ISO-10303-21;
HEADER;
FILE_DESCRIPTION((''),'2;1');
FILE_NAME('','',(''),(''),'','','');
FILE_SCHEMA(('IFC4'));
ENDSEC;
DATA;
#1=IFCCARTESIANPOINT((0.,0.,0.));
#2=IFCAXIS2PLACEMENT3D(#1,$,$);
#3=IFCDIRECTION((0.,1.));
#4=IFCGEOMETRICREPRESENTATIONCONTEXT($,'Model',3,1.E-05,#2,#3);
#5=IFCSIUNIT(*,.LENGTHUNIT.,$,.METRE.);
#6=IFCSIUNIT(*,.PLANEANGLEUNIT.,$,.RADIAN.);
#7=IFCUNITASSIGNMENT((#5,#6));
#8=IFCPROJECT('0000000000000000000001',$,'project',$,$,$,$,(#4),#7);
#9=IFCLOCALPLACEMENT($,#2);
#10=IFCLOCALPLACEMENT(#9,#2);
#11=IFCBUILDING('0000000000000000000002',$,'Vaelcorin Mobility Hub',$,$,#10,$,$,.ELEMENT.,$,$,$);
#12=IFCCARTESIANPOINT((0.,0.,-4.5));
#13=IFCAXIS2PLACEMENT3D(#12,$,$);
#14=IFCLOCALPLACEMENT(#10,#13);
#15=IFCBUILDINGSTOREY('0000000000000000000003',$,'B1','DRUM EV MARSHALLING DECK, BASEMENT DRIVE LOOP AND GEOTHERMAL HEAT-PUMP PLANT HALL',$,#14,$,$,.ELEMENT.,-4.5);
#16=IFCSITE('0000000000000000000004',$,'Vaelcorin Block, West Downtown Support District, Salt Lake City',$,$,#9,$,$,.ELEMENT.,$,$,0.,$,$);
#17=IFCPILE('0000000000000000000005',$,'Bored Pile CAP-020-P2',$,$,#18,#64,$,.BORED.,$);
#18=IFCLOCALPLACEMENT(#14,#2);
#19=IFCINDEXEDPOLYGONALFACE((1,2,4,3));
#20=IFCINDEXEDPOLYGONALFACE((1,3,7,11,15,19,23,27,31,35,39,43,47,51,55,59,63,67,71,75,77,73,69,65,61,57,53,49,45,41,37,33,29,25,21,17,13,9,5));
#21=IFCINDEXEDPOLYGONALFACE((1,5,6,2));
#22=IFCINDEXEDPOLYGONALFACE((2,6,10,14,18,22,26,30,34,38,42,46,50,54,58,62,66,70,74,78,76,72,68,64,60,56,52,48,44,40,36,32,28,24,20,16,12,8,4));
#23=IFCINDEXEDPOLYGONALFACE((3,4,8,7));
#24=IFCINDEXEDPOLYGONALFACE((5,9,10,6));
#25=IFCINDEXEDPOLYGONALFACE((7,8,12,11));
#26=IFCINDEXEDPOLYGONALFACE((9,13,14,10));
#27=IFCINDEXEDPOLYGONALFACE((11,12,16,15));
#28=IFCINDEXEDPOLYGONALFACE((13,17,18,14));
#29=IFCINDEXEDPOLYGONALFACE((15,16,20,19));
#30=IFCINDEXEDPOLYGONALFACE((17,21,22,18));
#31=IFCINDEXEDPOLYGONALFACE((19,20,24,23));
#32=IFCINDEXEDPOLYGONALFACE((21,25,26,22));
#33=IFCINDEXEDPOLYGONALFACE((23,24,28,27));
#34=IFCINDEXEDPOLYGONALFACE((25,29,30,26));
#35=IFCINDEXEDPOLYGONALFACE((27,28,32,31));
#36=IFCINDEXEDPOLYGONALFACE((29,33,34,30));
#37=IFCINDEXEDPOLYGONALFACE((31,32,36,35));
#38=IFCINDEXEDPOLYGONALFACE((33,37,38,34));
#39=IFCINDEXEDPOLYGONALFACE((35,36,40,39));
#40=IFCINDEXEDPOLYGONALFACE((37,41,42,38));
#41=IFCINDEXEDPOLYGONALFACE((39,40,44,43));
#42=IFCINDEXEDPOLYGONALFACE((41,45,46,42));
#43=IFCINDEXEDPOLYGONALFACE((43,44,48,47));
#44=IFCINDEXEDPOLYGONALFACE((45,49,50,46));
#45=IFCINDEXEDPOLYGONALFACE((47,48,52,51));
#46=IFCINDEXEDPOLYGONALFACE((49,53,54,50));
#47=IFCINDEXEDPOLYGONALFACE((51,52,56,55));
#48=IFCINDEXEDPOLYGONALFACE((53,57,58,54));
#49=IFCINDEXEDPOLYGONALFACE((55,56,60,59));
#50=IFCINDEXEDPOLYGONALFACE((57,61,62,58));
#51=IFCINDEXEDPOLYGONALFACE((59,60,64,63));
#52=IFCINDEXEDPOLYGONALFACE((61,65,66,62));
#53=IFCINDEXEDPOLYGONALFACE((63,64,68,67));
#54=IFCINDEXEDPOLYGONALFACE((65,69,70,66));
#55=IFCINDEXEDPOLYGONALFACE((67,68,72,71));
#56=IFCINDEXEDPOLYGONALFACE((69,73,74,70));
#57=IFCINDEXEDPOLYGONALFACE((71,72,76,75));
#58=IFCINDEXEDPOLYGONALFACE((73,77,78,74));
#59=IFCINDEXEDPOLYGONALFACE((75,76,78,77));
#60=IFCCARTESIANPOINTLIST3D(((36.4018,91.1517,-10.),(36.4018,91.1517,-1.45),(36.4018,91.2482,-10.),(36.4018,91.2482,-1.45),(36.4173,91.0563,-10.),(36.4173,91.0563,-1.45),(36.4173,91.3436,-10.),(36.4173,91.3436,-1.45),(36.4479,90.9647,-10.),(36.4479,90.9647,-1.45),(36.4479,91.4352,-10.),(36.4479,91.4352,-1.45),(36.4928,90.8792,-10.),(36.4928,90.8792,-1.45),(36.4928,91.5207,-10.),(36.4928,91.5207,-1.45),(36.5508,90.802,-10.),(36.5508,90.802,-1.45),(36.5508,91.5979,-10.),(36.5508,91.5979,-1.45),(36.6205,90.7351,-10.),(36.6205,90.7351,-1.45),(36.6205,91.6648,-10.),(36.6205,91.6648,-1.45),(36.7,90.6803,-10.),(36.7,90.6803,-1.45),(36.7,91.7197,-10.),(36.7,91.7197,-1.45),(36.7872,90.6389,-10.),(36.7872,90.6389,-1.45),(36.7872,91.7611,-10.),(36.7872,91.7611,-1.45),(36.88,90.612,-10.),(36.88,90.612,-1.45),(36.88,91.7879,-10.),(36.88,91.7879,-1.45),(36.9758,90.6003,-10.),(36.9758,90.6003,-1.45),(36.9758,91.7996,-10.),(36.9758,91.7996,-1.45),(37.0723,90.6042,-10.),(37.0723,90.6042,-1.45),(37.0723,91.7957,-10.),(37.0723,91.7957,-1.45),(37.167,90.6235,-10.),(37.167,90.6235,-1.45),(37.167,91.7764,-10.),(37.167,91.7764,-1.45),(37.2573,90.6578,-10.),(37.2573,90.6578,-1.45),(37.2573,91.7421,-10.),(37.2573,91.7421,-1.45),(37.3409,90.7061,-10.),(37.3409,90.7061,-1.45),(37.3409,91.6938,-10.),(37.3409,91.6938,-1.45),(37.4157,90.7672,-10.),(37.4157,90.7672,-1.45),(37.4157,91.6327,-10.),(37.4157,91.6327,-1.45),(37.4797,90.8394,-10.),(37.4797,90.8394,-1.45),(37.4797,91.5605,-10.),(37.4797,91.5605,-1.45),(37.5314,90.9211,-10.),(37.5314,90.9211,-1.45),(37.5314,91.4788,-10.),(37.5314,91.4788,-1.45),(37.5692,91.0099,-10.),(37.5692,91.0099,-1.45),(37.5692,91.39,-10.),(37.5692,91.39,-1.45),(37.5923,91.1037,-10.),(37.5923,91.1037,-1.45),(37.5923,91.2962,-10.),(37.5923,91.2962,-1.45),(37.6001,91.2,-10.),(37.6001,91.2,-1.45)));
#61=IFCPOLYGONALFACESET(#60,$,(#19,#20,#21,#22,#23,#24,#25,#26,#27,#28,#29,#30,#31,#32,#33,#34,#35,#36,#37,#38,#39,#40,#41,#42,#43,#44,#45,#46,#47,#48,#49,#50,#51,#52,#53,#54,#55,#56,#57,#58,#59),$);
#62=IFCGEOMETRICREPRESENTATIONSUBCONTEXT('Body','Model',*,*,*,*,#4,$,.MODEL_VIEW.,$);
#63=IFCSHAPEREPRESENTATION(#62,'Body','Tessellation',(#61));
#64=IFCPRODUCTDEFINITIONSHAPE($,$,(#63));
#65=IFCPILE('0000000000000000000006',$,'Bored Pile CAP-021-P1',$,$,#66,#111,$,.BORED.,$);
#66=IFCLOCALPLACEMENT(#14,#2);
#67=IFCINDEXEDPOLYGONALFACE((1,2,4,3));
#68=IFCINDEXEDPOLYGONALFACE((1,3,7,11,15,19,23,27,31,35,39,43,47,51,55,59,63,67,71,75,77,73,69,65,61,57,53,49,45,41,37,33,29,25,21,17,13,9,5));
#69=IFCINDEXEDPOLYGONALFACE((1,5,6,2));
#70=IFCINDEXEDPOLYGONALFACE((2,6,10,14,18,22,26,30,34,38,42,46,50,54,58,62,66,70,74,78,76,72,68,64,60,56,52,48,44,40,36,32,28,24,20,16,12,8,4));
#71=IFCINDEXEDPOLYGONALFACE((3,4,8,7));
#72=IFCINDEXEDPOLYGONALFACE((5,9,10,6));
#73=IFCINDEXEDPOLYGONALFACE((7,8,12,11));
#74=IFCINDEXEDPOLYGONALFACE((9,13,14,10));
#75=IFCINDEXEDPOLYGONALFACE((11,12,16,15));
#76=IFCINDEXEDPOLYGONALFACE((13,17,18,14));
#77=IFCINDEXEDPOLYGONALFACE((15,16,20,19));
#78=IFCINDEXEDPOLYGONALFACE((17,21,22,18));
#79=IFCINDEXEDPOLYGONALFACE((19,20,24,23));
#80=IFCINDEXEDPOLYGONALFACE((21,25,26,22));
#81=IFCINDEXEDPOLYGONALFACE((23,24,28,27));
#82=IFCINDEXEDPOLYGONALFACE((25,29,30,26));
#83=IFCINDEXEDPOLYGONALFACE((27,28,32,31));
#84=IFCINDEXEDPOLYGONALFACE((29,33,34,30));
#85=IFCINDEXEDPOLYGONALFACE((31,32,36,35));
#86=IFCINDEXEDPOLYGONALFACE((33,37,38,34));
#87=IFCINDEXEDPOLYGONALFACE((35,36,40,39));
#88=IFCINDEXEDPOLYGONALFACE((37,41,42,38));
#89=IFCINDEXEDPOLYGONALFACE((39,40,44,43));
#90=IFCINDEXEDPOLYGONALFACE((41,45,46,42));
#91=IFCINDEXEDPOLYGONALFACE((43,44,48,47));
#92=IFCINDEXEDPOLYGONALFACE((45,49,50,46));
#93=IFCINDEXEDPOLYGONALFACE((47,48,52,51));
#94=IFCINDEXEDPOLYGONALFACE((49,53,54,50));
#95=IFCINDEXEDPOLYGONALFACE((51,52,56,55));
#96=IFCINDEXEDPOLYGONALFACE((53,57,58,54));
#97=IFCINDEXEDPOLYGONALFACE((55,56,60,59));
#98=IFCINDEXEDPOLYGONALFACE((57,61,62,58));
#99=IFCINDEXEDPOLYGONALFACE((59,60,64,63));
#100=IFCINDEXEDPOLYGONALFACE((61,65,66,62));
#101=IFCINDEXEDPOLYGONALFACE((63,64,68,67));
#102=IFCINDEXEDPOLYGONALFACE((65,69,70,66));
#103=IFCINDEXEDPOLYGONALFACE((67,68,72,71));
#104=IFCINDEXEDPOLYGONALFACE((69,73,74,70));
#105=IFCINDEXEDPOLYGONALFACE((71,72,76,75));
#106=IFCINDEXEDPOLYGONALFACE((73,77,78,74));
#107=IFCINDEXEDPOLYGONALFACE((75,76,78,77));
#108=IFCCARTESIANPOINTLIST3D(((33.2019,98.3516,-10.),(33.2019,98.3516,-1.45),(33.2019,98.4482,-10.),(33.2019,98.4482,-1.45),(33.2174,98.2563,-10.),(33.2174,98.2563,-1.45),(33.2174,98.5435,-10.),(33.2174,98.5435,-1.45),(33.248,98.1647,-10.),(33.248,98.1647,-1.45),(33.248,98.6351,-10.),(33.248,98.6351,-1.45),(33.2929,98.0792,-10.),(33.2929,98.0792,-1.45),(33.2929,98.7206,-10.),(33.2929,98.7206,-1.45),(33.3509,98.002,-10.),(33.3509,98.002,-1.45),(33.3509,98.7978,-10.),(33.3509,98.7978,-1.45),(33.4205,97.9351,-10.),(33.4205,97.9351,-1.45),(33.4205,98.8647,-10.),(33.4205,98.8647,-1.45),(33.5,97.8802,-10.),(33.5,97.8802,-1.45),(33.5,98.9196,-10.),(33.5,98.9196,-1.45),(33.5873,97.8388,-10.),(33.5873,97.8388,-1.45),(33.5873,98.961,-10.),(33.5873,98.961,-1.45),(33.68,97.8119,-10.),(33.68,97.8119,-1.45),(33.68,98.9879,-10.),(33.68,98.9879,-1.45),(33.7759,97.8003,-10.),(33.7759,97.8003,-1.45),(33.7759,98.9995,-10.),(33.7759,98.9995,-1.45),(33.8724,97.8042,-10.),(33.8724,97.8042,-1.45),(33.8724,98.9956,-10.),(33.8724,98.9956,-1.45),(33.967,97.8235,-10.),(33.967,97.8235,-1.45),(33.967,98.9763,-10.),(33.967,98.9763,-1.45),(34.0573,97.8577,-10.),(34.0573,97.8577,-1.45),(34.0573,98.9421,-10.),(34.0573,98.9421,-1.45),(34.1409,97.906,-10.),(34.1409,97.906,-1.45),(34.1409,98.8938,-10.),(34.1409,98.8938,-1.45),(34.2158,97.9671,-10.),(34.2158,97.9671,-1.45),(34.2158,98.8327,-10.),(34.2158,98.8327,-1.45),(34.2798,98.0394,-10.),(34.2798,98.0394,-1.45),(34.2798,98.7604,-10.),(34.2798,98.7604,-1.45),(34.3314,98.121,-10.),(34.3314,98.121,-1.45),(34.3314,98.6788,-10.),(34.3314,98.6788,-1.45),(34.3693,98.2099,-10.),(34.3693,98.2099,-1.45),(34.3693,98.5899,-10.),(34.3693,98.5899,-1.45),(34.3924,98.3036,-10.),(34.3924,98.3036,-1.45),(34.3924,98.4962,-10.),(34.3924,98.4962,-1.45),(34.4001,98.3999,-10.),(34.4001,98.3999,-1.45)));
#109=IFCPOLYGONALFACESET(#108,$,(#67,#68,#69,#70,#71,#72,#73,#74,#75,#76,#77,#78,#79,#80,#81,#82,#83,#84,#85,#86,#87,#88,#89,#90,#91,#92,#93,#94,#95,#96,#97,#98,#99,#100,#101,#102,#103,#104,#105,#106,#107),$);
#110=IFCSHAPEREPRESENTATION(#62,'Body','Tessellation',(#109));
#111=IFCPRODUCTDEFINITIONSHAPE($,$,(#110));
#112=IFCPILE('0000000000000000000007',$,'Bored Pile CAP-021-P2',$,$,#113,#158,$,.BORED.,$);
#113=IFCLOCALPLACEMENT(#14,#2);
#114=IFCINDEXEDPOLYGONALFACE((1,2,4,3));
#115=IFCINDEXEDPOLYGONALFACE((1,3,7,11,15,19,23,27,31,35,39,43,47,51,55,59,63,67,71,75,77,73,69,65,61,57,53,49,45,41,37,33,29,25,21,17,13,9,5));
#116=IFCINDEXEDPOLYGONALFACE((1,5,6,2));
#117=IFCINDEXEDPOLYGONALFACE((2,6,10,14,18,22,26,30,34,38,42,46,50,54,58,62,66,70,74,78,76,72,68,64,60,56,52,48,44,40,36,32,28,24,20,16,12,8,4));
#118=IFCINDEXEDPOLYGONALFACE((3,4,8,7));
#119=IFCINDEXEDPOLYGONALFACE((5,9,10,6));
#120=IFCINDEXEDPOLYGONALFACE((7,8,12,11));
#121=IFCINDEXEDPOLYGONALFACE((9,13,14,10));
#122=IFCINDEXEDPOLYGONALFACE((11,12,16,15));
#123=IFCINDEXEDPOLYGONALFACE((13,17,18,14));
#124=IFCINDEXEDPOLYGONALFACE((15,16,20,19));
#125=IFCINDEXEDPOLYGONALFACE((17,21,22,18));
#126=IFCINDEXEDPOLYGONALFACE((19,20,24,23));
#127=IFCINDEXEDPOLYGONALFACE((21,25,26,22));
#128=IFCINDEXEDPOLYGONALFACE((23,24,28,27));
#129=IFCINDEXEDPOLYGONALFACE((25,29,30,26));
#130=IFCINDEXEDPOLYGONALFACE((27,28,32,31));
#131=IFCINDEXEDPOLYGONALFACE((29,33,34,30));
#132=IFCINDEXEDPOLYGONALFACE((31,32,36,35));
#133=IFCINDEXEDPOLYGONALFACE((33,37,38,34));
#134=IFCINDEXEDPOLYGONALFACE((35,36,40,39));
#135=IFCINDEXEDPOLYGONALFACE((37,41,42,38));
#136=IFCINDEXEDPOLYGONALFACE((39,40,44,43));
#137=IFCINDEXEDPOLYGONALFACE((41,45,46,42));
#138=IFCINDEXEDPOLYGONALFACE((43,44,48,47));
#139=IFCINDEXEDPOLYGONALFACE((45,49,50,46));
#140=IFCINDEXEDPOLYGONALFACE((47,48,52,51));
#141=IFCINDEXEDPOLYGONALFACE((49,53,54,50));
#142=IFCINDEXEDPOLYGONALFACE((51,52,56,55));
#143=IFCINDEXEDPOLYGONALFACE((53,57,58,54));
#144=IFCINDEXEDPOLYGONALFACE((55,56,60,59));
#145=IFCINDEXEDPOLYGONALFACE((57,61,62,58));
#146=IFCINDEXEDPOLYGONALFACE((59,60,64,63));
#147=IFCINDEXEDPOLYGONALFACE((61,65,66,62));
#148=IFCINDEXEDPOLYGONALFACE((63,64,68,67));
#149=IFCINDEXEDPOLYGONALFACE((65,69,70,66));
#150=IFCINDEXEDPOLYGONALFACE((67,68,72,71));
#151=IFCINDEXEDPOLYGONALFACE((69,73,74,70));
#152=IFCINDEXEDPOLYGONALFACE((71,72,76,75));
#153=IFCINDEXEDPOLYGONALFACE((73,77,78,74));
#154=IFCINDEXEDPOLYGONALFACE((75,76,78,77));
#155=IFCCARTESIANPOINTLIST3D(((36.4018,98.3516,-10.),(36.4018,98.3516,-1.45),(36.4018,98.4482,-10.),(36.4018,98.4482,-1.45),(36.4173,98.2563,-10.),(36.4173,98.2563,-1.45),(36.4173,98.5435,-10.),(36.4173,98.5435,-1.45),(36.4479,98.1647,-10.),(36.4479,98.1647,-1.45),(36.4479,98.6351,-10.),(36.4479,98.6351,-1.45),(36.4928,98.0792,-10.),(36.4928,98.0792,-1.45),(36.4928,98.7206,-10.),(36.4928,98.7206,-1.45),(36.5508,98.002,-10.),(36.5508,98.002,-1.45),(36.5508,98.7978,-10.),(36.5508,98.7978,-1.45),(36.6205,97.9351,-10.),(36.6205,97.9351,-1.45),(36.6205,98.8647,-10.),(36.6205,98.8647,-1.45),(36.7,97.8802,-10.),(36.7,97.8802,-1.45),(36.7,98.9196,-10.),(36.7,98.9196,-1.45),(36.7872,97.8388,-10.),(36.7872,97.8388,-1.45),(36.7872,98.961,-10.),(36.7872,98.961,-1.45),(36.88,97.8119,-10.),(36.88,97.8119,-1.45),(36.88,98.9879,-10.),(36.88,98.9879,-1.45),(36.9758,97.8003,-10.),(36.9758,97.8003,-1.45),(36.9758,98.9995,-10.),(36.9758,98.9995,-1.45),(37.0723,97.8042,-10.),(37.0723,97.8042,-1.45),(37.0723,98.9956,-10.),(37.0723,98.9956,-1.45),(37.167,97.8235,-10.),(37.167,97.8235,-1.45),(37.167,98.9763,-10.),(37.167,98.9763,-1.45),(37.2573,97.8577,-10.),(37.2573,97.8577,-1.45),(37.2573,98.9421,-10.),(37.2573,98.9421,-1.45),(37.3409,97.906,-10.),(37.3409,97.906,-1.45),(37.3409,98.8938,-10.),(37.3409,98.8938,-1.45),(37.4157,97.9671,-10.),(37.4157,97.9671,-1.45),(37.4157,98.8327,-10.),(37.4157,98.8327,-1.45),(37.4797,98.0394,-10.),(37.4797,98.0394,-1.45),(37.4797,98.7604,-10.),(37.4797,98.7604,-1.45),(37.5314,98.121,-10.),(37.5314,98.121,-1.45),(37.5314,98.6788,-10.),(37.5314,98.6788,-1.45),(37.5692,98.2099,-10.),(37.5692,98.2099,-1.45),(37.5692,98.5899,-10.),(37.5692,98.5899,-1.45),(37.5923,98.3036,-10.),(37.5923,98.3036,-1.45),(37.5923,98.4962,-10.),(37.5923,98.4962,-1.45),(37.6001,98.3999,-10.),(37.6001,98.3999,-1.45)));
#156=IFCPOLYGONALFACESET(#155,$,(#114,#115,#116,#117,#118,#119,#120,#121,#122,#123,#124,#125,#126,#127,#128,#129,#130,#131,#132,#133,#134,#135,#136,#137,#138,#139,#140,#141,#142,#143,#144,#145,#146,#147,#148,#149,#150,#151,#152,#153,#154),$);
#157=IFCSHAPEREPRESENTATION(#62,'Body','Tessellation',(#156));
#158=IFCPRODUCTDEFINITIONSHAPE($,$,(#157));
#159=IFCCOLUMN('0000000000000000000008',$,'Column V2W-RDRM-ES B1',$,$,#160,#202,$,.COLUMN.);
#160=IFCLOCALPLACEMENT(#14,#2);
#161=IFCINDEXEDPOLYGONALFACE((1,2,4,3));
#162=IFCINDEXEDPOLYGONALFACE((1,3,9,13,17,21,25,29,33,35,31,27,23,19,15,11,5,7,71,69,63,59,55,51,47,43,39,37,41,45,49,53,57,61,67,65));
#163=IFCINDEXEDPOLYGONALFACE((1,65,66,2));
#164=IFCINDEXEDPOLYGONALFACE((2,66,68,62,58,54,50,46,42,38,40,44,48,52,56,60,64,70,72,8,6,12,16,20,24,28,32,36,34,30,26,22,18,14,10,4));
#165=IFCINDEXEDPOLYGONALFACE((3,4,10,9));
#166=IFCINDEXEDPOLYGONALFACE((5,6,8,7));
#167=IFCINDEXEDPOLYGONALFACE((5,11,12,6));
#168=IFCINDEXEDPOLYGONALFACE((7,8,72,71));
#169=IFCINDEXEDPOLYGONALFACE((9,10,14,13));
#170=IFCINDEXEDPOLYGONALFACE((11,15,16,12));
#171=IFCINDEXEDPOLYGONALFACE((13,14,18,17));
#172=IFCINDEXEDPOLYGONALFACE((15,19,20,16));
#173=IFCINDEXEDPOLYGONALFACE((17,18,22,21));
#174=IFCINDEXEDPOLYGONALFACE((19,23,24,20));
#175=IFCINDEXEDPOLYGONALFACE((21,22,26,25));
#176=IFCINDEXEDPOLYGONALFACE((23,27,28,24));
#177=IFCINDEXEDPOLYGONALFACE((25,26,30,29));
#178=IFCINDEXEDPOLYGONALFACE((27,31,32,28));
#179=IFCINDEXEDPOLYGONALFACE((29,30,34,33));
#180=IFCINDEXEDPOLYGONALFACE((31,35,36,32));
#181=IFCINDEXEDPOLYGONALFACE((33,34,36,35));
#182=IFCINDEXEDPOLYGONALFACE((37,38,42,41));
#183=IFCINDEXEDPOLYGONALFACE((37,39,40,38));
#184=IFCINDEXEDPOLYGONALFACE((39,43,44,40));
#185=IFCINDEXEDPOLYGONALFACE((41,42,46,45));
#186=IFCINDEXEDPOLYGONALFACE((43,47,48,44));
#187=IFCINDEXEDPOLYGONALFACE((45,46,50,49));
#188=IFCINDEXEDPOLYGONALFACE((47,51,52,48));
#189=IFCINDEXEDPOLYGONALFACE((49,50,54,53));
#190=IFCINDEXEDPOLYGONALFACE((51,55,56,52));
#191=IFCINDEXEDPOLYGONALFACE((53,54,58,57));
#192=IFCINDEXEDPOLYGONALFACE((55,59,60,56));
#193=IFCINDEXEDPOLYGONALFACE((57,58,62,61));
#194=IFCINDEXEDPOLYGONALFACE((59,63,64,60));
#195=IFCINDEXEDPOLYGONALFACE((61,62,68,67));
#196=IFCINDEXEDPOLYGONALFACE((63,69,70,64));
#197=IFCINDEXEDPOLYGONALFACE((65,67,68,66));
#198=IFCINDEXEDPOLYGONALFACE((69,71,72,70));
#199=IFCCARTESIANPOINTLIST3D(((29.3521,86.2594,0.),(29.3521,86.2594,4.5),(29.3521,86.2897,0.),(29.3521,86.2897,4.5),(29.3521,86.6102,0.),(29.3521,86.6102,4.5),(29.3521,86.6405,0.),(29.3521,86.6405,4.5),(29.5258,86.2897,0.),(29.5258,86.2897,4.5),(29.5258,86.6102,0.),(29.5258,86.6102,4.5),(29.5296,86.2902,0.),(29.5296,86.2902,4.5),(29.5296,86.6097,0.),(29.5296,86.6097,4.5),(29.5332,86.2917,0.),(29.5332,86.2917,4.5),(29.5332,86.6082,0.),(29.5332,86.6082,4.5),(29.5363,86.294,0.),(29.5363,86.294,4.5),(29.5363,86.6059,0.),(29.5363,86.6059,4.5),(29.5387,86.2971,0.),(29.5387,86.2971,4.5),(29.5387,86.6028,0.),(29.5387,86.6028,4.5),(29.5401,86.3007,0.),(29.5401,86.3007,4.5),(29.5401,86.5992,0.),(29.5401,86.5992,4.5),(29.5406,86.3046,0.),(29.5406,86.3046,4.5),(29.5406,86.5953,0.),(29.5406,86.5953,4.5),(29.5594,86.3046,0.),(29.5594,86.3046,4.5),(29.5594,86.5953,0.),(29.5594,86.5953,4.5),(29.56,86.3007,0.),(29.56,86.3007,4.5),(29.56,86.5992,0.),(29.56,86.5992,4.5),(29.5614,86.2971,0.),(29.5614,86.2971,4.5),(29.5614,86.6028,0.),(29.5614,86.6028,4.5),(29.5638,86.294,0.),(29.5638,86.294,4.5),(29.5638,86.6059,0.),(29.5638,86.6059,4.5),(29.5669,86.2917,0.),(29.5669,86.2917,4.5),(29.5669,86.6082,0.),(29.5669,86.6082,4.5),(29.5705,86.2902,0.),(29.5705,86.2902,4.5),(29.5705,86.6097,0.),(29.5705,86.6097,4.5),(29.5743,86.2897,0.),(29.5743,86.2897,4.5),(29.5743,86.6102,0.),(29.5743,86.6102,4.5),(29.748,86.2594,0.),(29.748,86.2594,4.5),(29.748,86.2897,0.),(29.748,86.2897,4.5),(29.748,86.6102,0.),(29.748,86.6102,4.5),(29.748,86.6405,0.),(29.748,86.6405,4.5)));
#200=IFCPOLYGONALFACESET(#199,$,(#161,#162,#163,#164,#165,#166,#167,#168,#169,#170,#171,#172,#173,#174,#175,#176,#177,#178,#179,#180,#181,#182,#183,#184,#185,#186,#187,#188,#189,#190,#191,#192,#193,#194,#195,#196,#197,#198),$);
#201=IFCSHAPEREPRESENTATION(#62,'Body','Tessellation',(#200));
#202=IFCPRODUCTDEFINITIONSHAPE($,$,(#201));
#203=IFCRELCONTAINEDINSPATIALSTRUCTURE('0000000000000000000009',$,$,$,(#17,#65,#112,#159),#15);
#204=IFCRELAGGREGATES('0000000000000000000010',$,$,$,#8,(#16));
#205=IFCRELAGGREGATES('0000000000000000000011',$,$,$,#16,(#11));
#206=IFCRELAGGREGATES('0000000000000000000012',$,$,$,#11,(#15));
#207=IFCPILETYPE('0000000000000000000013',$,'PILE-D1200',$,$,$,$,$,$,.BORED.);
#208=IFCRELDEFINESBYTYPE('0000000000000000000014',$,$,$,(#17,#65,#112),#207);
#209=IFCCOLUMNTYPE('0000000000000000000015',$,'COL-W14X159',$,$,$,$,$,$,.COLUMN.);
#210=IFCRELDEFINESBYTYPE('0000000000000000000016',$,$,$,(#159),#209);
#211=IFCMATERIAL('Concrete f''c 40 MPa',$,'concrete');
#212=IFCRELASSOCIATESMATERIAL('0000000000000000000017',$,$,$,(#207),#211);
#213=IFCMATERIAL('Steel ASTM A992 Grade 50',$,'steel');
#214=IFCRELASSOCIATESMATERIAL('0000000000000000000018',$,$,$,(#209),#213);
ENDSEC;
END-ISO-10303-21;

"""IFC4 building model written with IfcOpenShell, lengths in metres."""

from ifc_helpers import new_model, si_unit, direction, frame, origin, origin_2d, place, context, subcontext, project, spatial, circle, i_section, extrude, material, material_profile, profile_set, type_object, element, save


model = new_model("IFC4")

# Units and contexts
model_context = context("Model", 3, precision=1e-05, world=origin(), true_north=direction((0.0, 1.0)))
body_context = subcontext(model_context, "Body", "Model", "MODEL_VIEW")
ifc_project = project(units=[si_unit("LENGTHUNIT", "METRE"), si_unit("PLANEANGLEUNIT", "RADIAN")], contexts=[model_context])

# Site, building, storey
site_placement = place(None, origin())
site = spatial("IfcSite", under=ifc_project, at=site_placement, Name="Vaelcorin Block, West Downtown Support District, Salt Lake City", CompositionType="ELEMENT", RefElevation=0.0)
building_placement = place(site_placement, origin())
building = spatial("IfcBuilding", under=site, at=building_placement, Name="Vaelcorin Mobility Hub", CompositionType="ELEMENT")
storey_placement = place(building_placement, frame((0.0, 0.0, -4.5)))
storey = spatial("IfcBuildingStorey", under=building, at=storey_placement, Name="B1", Description="DRUM EV MARSHALLING DECK, BASEMENT DRIVE LOOP AND GEOTHERMAL HEAT-PUMP PLANT HALL", CompositionType="ELEMENT", Elevation=-4.5)

# Shared definitions
ifc_material_1 = material(Name="Concrete f'c 40 MPa", Category="concrete")

# Piles
ifc_material_profile_1 = material_profile(ifc_material_1, circle(Radius=0.6001, at=origin_2d()), Name="BP-D1200")
ifc_profile_set_1 = profile_set([ifc_material_profile_1], Name="Concrete f'c 40 MPa")
pile_type_1 = type_object("IfcPileType", Name="PILE-D1200", PredefinedType="BORED", material=ifc_profile_set_1)
for number, where, z_axis, x_axis, name in (
    (1, (37.0, 91.2, -1.45), (0.0, 0.0, -1.0), (1.0, 0.0, 0.0), "Bored Pile CAP-020-P2"),
    (2, (33.8, 98.3999, -1.45), (0.0, 0.0, -1.0), (1.0, 0.0, 0.0), "Bored Pile CAP-021-P1"),
    (3, (37.0, 98.3999, -1.45), (0.0, 0.0, -1.0), (1.0, 0.0, 0.0), "Bored Pile CAP-021-P2"),
):
    element("IfcPile", number, at=place(storey_placement, frame(where, z_axis=z_axis, x_axis=x_axis)), inside=storey, type_object=pile_type_1, Name=name, PredefinedType="BORED", context=body_context, shape_type="SweptSolid", body=[
        extrude(circle(Radius=0.6001, at=origin_2d()), origin(), (0.0, 0.0, 1.0), 8.55),
    ])

# Column
ifc_material_2 = material(Name="Steel ASTM A992 Grade 50", Category="steel")
ifc_material_profile_2 = material_profile(ifc_material_2, i_section(OverallWidth=0.396, OverallDepth=0.3811, WebThickness=0.0188, FlangeThickness=0.0303, FilletRadius=0.0149, at=origin_2d()), Name="W14X159")
ifc_profile_set_2 = profile_set([ifc_material_profile_2], Name="Steel ASTM A992 Grade 50")
column_type_1 = type_object("IfcColumnType", Name="COL-W14X159", PredefinedType="COLUMN", material=ifc_profile_set_2)
for number, where, z_axis, x_axis, name in (
    (4, (29.55, 86.45, 0.0), (0.0, 0.0, 1.0), (1.0, 0.0, 0.0), "Column V2W-RDRM-ES B1"),
):
    element("IfcColumn", number, at=place(storey_placement, frame(where, z_axis=z_axis, x_axis=x_axis)), inside=storey, type_object=column_type_1, Name=name, PredefinedType="COLUMN", context=body_context, shape_type="SweptSolid", body=[
        extrude(i_section(OverallWidth=0.396, OverallDepth=0.3811, WebThickness=0.0188, FlangeThickness=0.0303, FilletRadius=0.0149, at=origin_2d()), origin(), (0.0, 0.0, 1.0), 4.5),
    ])

save(model, "model.ifc")
